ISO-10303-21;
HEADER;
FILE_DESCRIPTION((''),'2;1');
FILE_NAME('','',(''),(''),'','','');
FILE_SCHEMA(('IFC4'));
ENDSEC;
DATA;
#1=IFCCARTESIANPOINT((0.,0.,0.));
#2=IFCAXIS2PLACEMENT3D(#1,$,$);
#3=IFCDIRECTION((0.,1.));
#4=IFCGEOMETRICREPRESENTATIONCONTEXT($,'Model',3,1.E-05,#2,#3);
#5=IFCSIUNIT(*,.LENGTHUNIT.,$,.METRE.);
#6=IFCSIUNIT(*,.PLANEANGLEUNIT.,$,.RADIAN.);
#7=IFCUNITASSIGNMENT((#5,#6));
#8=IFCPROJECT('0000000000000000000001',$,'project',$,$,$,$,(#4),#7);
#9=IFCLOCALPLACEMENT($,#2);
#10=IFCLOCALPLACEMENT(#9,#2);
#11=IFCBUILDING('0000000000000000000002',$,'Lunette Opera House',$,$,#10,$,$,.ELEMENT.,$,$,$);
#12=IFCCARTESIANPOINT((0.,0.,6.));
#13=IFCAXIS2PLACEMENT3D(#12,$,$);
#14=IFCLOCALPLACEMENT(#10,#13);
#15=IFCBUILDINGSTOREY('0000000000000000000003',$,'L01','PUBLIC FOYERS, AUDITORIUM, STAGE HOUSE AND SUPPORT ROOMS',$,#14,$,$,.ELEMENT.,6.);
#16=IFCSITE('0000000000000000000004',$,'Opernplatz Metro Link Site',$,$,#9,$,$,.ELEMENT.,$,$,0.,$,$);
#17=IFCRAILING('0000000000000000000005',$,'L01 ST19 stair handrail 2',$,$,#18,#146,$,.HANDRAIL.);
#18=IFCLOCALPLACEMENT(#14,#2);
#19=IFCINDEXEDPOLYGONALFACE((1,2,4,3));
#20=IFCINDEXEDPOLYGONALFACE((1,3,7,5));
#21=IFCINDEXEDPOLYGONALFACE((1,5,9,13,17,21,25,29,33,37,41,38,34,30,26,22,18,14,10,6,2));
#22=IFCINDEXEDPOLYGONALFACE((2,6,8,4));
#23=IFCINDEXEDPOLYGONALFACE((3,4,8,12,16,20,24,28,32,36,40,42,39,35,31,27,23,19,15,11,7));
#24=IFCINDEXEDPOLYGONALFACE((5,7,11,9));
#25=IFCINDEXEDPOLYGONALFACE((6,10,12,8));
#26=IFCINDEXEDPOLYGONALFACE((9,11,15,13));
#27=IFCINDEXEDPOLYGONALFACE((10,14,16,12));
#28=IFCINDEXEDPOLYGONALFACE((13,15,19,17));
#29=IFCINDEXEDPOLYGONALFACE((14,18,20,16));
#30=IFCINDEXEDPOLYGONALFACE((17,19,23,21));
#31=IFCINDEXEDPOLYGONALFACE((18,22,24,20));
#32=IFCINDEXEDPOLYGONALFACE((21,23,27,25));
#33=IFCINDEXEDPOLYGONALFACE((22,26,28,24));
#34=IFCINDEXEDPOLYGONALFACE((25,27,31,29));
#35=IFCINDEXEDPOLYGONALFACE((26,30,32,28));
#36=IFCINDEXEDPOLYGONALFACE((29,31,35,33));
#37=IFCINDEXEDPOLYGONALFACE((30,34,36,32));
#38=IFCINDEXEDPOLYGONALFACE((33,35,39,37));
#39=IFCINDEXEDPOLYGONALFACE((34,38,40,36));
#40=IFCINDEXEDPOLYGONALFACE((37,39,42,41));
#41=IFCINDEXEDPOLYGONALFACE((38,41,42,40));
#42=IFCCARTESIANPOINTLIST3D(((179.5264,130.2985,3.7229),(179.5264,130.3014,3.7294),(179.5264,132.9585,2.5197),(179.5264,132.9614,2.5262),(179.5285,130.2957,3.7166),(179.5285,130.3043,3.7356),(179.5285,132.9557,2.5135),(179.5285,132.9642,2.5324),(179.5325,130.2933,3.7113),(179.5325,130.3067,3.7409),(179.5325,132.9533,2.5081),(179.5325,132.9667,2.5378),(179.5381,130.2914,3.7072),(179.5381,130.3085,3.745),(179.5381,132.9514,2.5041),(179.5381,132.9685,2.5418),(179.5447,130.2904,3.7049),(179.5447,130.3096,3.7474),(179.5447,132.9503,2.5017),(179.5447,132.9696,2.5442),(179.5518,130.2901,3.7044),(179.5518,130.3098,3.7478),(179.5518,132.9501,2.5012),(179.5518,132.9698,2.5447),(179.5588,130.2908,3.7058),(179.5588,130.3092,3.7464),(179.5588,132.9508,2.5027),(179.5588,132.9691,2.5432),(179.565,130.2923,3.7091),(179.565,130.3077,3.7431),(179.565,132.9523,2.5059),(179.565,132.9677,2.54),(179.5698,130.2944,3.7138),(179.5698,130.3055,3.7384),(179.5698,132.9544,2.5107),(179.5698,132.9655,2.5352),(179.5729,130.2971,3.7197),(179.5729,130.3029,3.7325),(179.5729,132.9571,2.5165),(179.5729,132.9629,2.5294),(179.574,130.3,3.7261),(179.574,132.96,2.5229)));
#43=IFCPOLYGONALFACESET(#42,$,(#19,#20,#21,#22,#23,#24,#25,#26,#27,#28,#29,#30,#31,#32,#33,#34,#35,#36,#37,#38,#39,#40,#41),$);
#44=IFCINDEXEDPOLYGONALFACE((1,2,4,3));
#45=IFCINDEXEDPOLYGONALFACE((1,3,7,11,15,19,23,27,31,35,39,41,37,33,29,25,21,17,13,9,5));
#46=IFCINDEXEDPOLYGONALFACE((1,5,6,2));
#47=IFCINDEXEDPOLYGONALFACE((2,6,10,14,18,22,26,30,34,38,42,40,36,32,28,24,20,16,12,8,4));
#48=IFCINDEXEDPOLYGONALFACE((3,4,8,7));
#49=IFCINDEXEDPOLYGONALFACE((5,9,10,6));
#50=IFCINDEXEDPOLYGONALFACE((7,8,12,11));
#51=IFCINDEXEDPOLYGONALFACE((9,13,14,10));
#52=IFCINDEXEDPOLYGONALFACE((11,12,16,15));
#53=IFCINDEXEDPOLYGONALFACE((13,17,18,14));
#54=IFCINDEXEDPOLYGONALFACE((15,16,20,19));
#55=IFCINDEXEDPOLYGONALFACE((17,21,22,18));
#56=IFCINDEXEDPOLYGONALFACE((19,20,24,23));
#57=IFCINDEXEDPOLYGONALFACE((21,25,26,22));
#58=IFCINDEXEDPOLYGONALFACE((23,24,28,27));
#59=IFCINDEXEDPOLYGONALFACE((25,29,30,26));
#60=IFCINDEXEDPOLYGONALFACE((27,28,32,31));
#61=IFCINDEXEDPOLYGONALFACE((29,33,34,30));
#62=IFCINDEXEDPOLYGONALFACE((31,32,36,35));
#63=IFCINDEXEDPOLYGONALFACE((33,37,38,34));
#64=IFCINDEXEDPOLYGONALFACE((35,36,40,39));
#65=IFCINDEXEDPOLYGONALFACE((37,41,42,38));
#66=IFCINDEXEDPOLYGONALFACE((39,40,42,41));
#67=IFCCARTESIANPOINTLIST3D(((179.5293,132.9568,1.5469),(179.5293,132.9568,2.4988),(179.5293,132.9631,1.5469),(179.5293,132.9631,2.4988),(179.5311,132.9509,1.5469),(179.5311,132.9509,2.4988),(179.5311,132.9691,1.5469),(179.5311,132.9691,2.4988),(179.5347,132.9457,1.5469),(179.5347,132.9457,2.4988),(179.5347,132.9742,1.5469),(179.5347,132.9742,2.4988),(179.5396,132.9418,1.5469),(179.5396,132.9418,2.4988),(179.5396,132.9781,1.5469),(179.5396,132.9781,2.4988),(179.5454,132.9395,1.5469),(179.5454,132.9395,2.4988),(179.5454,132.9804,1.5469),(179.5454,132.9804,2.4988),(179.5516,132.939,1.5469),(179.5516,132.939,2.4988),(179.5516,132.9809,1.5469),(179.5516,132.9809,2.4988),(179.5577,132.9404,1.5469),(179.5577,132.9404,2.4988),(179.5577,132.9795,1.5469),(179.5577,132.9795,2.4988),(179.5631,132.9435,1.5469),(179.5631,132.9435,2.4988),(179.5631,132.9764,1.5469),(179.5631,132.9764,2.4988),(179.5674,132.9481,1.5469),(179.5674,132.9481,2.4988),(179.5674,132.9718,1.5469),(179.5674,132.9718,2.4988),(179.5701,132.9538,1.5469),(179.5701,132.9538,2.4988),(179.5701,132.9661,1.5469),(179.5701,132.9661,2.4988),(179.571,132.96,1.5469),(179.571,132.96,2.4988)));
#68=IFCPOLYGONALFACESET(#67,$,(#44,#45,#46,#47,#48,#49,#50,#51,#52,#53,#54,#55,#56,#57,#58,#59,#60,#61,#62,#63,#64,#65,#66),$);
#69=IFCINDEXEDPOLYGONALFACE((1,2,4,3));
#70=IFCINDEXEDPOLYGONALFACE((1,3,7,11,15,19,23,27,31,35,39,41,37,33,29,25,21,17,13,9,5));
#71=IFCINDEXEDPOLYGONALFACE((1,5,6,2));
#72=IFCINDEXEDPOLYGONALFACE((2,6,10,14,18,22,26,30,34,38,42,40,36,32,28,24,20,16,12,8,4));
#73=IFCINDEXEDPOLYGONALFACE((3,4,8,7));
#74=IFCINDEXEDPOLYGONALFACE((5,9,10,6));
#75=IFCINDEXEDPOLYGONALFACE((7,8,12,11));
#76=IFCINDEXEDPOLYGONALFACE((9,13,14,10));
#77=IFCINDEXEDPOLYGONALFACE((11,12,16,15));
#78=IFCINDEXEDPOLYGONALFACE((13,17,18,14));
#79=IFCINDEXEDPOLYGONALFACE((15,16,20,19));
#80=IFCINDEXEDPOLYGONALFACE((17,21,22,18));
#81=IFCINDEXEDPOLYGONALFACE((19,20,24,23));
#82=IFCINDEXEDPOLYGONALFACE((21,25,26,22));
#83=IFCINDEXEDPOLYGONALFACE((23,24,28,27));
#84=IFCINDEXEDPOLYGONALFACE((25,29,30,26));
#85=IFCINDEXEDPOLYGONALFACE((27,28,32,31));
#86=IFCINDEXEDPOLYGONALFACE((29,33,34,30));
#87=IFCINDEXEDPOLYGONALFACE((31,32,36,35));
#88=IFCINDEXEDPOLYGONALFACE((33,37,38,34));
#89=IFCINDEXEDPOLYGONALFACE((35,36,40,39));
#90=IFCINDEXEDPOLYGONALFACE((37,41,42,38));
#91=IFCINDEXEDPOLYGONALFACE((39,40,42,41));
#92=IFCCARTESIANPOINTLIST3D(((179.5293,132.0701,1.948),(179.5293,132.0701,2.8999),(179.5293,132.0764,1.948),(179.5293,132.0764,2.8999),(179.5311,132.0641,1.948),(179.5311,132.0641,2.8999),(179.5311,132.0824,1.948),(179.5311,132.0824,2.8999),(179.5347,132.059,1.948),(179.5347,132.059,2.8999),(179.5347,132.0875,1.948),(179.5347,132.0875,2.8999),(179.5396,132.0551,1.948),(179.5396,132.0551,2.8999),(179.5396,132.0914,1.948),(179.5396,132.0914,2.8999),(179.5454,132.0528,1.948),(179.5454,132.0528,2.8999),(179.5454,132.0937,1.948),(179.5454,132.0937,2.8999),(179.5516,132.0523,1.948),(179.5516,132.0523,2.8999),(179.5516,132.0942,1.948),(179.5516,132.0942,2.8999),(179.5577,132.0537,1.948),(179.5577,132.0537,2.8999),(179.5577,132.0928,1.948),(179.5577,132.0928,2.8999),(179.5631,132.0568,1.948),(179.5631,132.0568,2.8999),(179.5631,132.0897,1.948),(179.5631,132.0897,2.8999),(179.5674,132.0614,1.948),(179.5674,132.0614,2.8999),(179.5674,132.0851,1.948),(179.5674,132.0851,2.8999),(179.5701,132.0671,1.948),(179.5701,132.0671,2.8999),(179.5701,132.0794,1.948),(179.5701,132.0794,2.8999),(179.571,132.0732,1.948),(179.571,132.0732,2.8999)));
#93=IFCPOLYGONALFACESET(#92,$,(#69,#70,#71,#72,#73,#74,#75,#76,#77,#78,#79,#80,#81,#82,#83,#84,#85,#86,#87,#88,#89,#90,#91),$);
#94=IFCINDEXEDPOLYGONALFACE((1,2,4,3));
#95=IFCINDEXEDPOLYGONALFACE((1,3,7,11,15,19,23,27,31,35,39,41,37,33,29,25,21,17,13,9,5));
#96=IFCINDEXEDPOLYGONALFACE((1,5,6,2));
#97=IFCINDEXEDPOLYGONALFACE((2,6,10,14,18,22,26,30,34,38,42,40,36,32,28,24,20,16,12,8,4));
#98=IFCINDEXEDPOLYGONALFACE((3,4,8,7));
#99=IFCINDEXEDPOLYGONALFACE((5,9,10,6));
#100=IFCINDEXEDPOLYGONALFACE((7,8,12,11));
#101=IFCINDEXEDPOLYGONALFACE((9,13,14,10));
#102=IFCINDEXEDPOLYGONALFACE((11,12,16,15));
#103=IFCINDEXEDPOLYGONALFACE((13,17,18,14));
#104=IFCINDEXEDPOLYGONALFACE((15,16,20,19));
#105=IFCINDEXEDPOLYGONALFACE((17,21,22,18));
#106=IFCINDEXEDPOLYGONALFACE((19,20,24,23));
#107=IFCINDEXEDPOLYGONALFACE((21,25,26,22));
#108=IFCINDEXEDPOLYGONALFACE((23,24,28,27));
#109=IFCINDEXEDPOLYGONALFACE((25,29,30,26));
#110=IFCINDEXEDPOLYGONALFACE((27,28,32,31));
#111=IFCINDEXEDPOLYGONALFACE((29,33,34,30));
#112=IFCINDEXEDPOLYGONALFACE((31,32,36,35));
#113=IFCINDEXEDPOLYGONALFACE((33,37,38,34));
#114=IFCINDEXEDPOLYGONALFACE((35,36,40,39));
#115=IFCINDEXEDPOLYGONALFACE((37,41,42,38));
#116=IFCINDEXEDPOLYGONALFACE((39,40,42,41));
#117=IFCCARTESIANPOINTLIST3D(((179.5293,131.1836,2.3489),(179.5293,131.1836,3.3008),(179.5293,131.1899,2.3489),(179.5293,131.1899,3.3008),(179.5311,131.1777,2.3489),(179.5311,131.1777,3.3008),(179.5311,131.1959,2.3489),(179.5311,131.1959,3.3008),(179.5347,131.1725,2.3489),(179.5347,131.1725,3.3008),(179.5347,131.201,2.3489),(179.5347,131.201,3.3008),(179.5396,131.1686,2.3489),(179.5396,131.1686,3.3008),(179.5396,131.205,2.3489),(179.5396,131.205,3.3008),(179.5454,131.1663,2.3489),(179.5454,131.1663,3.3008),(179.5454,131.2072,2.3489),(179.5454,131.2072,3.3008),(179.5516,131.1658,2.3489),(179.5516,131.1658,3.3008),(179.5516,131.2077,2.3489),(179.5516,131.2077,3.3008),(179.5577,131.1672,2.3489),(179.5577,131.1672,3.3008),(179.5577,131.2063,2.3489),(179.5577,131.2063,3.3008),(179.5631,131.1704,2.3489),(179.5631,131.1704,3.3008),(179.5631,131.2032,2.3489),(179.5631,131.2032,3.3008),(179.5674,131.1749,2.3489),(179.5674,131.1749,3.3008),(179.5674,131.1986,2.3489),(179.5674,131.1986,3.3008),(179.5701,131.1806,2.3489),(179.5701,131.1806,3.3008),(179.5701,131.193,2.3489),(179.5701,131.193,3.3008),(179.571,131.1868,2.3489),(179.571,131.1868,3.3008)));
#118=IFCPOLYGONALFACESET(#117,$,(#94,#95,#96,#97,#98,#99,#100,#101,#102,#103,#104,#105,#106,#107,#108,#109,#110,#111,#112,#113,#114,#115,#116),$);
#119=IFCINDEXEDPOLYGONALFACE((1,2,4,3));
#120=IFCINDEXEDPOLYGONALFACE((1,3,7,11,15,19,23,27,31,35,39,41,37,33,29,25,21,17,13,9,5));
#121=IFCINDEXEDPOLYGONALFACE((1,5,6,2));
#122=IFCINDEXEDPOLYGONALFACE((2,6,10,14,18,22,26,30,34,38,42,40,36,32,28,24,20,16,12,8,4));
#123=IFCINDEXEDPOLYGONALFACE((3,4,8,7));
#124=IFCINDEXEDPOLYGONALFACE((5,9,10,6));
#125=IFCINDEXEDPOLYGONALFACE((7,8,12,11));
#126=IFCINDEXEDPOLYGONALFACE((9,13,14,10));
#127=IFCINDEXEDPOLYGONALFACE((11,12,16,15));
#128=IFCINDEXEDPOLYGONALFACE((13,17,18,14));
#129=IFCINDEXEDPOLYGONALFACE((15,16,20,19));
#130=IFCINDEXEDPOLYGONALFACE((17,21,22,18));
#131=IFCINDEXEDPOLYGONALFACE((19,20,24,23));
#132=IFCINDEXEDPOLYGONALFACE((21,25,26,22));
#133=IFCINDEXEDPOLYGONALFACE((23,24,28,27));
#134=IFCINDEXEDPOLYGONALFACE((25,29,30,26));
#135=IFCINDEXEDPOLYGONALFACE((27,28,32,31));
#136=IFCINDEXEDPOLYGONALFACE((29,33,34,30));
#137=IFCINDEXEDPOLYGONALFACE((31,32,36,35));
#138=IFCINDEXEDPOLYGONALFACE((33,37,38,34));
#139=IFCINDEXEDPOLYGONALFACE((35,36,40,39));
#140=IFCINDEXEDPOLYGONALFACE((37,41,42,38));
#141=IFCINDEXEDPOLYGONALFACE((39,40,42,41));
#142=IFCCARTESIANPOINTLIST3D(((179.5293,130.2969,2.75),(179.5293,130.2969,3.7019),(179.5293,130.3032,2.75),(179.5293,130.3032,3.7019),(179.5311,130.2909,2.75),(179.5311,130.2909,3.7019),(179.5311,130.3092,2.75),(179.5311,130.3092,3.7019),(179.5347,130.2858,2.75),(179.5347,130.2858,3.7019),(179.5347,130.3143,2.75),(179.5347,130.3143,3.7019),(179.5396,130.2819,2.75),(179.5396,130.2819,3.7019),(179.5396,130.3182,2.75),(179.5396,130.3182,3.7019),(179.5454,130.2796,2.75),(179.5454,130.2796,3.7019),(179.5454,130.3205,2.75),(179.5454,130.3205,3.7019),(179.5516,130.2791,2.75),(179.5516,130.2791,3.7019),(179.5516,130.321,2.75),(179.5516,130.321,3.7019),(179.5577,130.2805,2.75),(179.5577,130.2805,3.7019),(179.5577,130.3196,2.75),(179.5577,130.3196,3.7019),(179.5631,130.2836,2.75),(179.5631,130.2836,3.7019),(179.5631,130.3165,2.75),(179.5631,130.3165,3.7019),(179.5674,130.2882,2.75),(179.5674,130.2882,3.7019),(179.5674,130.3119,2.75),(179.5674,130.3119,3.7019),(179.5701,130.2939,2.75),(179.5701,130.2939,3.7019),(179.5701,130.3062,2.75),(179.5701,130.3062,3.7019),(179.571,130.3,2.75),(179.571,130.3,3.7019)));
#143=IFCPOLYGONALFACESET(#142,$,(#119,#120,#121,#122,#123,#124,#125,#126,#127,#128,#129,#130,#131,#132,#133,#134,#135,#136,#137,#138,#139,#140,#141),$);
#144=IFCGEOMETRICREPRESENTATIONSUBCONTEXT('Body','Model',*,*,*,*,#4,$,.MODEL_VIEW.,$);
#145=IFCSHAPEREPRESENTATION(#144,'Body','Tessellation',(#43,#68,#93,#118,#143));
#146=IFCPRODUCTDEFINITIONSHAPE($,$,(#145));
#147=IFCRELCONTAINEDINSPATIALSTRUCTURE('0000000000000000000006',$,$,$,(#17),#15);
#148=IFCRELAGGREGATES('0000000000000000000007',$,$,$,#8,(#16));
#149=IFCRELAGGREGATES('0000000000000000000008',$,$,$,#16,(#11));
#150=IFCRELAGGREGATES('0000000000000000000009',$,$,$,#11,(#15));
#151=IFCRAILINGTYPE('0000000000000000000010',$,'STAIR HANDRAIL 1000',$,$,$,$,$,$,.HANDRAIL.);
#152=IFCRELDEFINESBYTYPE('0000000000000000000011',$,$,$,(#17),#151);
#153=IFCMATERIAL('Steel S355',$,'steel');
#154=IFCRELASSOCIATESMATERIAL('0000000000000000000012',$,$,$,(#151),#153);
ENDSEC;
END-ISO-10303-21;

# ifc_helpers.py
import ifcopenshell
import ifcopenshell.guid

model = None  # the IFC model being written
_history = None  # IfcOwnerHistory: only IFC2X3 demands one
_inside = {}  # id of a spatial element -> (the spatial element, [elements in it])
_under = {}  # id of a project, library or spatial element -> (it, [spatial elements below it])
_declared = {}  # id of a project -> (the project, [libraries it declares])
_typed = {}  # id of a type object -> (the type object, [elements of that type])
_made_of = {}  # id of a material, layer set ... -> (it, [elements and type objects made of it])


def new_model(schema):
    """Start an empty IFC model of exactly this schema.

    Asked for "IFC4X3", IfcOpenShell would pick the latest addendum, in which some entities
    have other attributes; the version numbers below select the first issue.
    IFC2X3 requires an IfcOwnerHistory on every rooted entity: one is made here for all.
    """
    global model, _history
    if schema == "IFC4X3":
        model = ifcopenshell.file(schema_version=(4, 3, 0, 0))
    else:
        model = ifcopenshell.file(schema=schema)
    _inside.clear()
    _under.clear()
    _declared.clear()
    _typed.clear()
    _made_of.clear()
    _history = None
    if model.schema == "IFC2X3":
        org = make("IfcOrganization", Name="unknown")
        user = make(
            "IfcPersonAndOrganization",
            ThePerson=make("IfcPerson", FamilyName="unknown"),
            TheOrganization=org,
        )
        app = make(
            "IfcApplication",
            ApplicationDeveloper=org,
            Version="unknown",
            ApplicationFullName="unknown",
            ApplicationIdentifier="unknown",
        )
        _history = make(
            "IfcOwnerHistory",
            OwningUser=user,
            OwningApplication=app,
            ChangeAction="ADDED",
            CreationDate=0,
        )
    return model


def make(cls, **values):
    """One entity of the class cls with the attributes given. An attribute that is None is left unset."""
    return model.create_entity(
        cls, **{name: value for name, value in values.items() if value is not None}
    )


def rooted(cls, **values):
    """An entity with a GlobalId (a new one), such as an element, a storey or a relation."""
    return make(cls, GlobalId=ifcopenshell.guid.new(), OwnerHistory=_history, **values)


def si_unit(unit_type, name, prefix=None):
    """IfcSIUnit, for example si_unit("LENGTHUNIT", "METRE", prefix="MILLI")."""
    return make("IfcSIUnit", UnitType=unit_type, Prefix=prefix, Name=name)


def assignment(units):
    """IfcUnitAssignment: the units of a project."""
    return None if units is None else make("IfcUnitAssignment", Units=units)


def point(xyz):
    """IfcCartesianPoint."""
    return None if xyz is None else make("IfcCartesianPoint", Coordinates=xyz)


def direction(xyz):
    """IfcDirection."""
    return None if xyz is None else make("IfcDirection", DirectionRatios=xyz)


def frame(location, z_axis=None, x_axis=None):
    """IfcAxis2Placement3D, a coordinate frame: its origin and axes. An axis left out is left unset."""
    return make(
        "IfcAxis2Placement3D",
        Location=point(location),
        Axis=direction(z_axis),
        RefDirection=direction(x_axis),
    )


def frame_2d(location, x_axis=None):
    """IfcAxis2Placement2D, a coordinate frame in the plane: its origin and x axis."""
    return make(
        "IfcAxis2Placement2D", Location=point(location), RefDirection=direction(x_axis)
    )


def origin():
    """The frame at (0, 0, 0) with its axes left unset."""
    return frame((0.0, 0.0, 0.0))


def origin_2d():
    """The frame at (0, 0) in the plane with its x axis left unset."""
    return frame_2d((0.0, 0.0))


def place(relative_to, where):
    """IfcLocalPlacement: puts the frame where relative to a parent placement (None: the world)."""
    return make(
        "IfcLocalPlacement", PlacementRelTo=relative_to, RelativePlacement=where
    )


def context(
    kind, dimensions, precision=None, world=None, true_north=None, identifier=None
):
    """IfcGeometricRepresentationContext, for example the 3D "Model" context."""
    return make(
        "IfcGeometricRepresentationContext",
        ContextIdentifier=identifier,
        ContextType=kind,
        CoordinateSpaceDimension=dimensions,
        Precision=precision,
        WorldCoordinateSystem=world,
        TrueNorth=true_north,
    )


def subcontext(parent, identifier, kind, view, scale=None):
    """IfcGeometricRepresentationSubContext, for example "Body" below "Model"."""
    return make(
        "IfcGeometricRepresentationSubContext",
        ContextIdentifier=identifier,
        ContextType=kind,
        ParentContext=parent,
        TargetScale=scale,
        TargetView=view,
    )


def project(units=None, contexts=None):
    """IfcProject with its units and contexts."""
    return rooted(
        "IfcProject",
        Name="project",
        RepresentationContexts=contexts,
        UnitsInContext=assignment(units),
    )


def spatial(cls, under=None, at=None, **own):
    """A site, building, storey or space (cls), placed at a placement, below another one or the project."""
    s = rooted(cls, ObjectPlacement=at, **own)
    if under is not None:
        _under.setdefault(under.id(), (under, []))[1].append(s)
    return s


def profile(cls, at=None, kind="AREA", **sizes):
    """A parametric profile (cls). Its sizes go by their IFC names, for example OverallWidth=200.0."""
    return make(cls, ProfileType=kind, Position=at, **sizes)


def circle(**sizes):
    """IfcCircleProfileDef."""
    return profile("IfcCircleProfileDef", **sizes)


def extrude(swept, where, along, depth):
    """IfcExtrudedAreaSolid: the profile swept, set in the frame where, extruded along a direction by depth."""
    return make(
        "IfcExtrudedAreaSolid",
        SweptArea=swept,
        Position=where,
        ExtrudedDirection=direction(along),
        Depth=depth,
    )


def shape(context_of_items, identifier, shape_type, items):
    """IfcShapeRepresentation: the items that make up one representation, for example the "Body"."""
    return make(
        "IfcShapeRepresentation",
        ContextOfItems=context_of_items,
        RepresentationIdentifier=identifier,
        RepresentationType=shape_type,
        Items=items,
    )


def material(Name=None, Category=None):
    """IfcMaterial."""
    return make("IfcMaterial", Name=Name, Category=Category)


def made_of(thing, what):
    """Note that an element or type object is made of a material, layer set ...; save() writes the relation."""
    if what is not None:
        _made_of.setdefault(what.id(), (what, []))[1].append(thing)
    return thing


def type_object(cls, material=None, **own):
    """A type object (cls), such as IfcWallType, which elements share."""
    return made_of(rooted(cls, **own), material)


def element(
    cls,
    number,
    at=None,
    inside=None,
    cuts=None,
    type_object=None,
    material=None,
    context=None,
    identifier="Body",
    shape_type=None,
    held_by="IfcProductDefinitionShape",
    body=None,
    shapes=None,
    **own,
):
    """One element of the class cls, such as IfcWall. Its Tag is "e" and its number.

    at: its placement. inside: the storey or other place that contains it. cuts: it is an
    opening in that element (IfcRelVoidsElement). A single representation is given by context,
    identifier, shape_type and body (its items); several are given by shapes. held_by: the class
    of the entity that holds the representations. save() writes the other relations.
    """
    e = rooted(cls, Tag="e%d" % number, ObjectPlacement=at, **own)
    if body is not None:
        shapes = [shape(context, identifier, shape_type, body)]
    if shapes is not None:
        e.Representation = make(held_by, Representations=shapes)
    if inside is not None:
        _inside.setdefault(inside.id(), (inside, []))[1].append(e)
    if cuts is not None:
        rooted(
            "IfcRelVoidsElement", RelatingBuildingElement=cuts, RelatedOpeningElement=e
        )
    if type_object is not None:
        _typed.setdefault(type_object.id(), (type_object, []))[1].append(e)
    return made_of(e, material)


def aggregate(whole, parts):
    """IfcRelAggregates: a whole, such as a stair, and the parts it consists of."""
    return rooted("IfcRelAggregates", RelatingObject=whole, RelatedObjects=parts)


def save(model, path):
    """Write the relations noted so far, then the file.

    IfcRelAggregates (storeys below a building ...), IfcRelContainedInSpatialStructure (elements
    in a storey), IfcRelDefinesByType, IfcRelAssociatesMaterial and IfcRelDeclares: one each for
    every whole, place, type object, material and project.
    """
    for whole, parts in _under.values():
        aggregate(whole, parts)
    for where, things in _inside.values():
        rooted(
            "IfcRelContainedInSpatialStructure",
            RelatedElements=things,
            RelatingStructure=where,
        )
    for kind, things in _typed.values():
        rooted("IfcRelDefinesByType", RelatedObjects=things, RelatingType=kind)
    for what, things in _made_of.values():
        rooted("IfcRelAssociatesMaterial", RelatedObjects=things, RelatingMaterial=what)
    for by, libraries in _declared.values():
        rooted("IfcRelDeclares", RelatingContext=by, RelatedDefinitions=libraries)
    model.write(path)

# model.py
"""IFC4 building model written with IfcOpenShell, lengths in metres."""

from ifc_helpers import new_model, si_unit, direction, frame, origin, origin_2d, place, context, subcontext, project, spatial, circle, extrude, material, type_object, element, save


model = new_model("IFC4")

# Units and contexts
model_context = context("Model", 3, precision=1e-05, world=origin(), true_north=direction((0.0, 1.0)))
body_context = subcontext(model_context, "Body", "Model", "MODEL_VIEW")
ifc_project = project(units=[si_unit("LENGTHUNIT", "METRE"), si_unit("PLANEANGLEUNIT", "RADIAN")], contexts=[model_context])

# Site, building, storey
site_placement = place(None, origin())
site = spatial("IfcSite", under=ifc_project, at=site_placement, Name="Opernplatz Metro Link Site", CompositionType="ELEMENT", RefElevation=0.0)
building_placement = place(site_placement, origin())
building = spatial("IfcBuilding", under=site, at=building_placement, Name="Lunette Opera House", CompositionType="ELEMENT")
storey_placement = place(building_placement, frame((0.0, 0.0, 6.0)))
storey = spatial("IfcBuildingStorey", under=building, at=storey_placement, Name="L01", Description="PUBLIC FOYERS, AUDITORIUM, STAGE HOUSE AND SUPPORT ROOMS", CompositionType="ELEMENT", Elevation=6.0)

# Railing
ifc_material_1 = material(Name="Steel S355", Category="steel")
railing_type_1 = type_object("IfcRailingType", Name="STAIR HANDRAIL 1000", PredefinedType="HANDRAIL", material=ifc_material_1)
railing_1_placement = place(storey_placement, frame((179.55, 132.96, 1.5469)))
element("IfcRailing", 1, at=railing_1_placement, inside=storey, type_object=railing_type_1, Name="L01 ST19 stair handrail 2", PredefinedType="HANDRAIL", context=body_context, shape_type="SweptSolid", body=[
    extrude(circle(Radius=0.0239, at=origin_2d()), frame((0.0, 0.0, 0.9761), z_axis=(0.0, -0.91113, 0.41212), x_axis=(1.0, 0.0, 0.0)), (0.0, 0.0, 1.0), 2.9194),
    extrude(circle(Radius=0.021, at=origin_2d()), origin(), (0.0, 0.0, 1.0), 0.9519),
    extrude(circle(Radius=0.021, at=origin_2d()), frame((0.0, -0.8867, 0.4011)), (0.0, 0.0, 1.0), 0.9519),
    extrude(circle(Radius=0.021, at=origin_2d()), frame((0.0, -1.7732, 0.802)), (0.0, 0.0, 1.0), 0.9519),
    extrude(circle(Radius=0.021, at=origin_2d()), frame((0.0, -2.6599, 1.2031)), (0.0, 0.0, 1.0), 0.9519),
])

save(model, "model.ifc")
